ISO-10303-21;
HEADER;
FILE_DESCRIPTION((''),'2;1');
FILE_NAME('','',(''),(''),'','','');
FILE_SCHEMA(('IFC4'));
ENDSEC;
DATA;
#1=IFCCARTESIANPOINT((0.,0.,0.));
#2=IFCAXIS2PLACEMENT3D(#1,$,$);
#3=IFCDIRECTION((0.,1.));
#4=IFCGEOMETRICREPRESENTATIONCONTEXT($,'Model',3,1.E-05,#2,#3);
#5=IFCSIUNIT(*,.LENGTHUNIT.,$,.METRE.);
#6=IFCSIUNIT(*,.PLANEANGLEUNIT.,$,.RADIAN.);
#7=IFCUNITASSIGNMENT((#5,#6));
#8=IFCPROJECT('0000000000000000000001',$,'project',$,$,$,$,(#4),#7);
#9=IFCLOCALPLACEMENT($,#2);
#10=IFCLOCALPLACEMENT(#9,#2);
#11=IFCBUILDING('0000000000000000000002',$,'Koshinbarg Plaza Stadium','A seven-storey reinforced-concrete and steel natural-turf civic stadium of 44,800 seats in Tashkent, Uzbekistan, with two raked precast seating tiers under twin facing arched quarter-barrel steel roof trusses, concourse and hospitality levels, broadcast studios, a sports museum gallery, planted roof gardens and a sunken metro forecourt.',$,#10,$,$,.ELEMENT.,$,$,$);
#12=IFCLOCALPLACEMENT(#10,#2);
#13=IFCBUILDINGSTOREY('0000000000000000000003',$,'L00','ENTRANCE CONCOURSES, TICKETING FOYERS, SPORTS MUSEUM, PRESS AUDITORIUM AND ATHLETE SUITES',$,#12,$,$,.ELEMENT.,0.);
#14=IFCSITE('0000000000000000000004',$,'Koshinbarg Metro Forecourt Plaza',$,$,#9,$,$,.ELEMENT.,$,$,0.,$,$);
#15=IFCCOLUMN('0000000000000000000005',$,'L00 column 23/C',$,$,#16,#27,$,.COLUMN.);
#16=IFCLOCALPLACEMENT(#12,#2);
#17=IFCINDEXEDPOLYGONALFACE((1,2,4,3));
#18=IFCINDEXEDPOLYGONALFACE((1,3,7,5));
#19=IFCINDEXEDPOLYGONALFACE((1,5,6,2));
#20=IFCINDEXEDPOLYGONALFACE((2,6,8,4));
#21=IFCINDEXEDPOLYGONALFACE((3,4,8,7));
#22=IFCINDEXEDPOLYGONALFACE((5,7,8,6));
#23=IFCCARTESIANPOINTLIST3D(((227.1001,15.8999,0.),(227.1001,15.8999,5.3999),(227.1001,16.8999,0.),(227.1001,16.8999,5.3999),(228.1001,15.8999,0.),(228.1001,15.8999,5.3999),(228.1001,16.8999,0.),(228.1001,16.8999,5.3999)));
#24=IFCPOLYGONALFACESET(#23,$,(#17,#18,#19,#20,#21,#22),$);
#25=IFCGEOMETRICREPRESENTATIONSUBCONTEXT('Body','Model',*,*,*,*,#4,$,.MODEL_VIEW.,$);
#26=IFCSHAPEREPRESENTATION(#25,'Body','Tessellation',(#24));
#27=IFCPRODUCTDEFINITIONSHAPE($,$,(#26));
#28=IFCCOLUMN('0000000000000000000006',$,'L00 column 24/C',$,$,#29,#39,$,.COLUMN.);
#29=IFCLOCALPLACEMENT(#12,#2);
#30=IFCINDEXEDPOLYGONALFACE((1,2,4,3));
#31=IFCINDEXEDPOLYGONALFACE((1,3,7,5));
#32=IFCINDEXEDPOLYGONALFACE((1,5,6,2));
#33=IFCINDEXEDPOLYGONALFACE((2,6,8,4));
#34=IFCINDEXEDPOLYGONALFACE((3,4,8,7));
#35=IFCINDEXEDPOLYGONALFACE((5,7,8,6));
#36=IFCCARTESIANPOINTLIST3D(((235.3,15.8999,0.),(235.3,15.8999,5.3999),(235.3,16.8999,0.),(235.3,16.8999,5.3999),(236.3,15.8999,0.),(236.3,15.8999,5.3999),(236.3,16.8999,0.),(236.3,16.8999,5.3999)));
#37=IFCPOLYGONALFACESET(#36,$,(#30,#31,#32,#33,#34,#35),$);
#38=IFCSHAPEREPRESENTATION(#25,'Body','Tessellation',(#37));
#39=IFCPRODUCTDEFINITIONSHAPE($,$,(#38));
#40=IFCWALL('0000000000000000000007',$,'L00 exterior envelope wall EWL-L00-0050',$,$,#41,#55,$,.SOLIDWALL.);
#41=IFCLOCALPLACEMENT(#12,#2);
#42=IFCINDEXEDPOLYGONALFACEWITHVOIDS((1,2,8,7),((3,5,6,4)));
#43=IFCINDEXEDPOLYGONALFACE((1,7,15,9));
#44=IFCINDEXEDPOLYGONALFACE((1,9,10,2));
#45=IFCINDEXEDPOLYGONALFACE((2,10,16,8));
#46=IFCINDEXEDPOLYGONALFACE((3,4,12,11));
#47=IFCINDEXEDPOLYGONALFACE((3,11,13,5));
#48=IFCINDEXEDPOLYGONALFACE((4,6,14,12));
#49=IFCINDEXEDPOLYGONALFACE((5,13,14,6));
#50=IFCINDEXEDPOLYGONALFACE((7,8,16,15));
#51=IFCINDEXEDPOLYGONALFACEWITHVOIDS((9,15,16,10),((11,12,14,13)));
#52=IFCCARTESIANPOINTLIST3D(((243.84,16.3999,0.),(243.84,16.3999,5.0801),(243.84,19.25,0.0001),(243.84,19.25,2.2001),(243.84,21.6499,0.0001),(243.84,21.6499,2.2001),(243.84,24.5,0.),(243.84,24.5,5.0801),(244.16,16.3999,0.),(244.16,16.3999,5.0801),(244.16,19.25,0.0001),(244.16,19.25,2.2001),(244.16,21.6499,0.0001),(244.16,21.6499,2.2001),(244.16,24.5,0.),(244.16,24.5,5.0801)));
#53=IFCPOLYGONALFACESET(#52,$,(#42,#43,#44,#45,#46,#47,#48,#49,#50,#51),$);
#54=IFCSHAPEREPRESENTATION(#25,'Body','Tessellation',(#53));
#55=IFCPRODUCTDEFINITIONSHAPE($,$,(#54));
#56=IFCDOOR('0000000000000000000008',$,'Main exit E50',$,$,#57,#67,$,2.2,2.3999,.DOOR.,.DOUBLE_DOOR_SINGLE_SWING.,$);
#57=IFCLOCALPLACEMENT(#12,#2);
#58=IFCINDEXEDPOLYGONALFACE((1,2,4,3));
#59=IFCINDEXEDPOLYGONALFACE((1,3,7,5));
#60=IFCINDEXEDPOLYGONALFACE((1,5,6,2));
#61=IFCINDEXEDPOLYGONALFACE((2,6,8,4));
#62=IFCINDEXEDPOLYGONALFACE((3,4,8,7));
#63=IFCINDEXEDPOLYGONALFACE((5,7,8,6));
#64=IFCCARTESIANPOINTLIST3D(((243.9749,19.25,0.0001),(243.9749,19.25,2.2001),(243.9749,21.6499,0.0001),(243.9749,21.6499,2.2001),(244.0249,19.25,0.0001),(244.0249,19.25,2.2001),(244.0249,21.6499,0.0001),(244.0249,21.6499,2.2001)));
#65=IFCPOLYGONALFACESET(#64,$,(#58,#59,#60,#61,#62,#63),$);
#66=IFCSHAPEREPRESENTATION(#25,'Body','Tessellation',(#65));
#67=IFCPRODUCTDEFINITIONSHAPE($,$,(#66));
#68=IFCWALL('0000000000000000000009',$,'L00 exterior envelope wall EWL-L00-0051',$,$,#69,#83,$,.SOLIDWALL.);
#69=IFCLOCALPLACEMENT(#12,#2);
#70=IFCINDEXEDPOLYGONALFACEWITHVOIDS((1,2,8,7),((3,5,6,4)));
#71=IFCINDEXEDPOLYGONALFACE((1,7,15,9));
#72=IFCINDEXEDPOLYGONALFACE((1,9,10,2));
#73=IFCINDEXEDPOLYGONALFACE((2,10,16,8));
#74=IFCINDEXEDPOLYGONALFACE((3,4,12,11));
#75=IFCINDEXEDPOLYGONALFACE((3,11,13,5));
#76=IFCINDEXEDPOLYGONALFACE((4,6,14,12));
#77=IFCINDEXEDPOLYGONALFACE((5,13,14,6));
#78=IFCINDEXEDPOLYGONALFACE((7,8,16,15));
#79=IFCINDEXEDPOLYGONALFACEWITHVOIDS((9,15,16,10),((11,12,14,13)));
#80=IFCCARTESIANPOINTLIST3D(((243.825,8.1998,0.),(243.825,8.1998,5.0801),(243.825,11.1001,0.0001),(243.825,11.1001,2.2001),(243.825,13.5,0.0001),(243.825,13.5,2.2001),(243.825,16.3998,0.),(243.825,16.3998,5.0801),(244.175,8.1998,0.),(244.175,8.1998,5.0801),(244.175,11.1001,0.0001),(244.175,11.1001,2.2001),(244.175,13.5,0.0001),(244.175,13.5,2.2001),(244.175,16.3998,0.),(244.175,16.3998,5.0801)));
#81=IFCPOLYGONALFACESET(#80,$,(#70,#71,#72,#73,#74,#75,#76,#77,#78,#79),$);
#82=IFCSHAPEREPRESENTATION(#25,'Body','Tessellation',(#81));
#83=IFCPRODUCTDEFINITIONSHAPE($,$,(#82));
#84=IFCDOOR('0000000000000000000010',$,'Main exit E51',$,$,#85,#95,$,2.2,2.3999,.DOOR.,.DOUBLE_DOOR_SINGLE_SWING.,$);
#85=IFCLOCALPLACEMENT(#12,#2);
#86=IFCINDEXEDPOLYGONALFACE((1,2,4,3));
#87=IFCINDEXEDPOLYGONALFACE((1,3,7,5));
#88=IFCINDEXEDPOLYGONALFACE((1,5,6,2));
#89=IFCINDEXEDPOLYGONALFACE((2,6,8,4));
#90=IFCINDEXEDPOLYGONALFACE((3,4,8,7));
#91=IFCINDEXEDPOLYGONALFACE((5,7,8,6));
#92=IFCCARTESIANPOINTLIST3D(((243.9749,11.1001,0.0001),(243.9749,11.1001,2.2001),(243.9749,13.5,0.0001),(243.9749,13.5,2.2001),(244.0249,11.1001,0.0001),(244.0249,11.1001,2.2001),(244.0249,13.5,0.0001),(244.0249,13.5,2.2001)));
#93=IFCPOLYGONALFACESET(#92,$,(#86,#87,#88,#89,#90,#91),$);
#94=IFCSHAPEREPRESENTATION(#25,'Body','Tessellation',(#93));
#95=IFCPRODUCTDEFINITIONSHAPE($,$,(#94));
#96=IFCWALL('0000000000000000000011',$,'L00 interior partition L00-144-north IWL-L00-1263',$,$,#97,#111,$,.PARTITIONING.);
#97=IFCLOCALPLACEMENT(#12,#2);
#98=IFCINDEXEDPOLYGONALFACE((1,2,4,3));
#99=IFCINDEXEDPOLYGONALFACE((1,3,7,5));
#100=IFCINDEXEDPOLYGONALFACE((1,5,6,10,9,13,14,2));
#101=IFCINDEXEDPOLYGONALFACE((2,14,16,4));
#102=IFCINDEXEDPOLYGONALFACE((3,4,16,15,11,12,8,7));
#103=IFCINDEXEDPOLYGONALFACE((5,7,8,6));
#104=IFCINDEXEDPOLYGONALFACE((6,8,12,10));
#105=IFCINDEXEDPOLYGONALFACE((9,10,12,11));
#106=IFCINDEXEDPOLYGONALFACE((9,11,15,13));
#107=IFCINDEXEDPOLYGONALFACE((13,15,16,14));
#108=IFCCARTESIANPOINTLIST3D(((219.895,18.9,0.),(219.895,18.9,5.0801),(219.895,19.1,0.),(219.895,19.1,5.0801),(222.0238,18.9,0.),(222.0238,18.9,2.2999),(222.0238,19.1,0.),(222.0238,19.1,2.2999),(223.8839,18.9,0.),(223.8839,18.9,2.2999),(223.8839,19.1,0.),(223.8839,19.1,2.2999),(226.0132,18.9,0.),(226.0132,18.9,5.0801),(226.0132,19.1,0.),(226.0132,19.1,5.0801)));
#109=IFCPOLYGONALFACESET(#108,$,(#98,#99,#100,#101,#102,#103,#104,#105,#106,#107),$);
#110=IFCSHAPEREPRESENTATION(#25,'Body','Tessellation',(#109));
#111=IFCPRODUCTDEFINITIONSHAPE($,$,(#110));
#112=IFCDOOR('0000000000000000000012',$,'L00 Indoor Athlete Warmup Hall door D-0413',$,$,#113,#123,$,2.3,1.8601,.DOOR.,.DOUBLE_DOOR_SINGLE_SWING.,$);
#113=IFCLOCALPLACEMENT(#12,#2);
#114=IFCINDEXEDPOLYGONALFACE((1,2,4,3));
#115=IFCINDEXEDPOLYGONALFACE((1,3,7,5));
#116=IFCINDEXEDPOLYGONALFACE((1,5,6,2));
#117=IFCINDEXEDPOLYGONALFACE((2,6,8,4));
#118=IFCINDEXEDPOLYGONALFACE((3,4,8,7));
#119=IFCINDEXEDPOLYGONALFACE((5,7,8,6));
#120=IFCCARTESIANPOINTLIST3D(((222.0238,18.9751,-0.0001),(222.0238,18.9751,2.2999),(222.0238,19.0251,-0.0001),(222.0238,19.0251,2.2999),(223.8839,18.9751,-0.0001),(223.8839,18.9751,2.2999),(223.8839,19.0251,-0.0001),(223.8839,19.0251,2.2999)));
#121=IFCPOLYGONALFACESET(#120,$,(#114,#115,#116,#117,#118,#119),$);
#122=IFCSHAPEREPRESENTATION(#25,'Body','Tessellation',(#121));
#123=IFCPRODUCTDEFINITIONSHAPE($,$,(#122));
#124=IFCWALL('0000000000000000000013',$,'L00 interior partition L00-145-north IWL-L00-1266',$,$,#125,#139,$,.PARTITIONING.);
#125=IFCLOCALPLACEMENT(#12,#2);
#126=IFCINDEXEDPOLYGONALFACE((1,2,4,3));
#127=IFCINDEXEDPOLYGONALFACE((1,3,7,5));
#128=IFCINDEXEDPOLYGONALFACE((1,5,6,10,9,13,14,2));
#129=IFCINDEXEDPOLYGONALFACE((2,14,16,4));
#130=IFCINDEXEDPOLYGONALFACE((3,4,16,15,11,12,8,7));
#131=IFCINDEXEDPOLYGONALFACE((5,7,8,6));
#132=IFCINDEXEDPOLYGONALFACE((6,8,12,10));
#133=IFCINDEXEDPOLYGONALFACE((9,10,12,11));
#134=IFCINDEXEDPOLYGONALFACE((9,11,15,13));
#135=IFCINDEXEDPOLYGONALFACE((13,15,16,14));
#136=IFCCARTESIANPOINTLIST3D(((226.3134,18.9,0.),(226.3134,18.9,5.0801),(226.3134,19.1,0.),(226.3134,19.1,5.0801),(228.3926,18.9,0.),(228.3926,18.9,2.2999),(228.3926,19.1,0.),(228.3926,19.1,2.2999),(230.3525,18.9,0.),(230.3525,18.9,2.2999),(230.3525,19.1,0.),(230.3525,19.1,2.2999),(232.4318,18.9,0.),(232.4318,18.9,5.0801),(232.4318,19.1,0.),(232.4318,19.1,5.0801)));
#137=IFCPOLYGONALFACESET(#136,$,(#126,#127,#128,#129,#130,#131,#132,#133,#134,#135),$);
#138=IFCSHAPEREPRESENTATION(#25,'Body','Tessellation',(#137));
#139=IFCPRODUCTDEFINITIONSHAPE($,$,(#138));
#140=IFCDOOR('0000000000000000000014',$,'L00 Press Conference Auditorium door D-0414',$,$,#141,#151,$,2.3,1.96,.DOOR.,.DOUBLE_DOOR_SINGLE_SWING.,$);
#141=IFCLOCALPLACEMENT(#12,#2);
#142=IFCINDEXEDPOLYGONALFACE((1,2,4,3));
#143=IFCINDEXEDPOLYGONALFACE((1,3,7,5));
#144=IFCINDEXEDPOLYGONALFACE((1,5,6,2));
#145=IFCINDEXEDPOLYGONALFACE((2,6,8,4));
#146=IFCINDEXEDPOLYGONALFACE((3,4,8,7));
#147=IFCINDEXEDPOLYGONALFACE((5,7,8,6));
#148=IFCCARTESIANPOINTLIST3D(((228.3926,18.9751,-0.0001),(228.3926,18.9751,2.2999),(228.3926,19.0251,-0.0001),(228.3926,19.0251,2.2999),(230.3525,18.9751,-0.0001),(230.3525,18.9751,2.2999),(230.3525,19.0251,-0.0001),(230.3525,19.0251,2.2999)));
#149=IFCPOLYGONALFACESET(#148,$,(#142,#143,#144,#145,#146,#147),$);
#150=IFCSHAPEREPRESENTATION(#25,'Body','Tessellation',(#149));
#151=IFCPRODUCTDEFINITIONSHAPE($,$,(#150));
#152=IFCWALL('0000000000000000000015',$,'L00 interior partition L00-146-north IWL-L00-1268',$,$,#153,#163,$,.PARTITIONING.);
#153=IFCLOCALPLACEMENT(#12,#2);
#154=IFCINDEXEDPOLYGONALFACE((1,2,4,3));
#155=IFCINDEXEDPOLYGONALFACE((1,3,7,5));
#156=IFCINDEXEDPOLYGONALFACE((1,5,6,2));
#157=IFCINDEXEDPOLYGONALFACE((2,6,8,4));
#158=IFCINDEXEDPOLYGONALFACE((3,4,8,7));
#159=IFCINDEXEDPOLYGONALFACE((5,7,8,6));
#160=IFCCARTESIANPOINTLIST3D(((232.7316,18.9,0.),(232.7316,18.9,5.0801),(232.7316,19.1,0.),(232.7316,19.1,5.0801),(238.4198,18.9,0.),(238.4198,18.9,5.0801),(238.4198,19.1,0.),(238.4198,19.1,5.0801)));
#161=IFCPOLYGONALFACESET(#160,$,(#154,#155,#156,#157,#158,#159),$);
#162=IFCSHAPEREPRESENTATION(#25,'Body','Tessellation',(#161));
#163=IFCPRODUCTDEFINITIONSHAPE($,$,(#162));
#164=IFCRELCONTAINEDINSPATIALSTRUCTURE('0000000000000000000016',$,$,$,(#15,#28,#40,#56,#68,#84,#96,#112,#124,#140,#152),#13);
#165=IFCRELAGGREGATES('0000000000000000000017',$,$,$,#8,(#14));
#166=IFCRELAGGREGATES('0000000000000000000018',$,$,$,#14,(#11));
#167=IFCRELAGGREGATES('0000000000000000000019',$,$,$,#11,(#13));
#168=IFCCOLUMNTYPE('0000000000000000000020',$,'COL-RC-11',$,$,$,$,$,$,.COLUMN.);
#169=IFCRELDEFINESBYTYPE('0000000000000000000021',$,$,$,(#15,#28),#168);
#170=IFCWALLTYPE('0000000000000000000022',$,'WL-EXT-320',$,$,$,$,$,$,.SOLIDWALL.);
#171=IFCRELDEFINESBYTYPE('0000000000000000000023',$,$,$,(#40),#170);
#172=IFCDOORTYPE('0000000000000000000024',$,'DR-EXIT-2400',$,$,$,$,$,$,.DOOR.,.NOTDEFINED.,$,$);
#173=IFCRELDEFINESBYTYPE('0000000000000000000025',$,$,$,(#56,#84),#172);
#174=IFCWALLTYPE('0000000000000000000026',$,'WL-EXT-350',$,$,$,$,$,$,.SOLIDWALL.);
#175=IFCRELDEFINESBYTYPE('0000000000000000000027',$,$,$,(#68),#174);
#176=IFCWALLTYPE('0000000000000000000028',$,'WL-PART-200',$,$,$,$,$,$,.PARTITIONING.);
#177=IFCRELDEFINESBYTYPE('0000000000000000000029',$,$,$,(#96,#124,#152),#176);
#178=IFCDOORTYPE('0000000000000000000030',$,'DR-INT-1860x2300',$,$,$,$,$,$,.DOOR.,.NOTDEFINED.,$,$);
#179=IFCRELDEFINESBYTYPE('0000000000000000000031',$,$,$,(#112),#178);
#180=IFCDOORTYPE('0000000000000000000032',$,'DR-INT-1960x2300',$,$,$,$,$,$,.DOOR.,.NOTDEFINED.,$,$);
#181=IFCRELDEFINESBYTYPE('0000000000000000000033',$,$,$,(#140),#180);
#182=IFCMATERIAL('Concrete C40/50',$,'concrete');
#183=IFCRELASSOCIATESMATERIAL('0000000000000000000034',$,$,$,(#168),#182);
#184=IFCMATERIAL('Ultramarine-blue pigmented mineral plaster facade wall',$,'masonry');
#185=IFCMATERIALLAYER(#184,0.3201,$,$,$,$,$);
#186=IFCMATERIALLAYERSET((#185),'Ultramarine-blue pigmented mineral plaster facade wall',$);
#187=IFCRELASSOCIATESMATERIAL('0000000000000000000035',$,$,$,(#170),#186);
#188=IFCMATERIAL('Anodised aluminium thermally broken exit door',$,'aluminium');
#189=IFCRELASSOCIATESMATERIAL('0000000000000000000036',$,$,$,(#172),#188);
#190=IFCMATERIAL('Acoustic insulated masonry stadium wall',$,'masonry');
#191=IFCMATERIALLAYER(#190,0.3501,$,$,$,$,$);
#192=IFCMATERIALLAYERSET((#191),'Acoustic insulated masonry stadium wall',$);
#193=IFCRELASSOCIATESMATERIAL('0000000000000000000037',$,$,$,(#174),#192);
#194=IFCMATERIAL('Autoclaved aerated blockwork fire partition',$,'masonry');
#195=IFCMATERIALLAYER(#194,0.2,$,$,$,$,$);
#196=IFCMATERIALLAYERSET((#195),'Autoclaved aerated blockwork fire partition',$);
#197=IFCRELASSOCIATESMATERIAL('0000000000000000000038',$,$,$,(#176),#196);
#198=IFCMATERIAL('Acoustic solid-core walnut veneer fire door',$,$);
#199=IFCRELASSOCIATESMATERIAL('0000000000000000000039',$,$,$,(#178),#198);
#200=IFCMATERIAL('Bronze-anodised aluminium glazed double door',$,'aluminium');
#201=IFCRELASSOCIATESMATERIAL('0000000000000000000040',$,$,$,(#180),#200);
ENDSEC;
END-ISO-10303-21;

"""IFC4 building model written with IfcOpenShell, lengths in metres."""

from ifc_helpers import new_model, si_unit, direction, frame, frame_2d, origin, origin_2d, place, context, subcontext, project, spatial, rectangle, extrude, material, layer, layer_set, material_profile, profile_set, type_object, element, fill, save


model = new_model("IFC4")

# Units and contexts
model_context = context("Model", 3, precision=1e-05, world=origin(), true_north=direction((0.0, 1.0)))
body_context = subcontext(model_context, "Body", "Model", "MODEL_VIEW")
ifc_project = project(units=[si_unit("LENGTHUNIT", "METRE"), si_unit("PLANEANGLEUNIT", "RADIAN")], contexts=[model_context])

# Site, building, storey
site_placement = place(None, origin())
site = spatial("IfcSite", under=ifc_project, at=site_placement, Name="Koshinbarg Metro Forecourt Plaza", CompositionType="ELEMENT", RefElevation=0.0)
building_placement = place(site_placement, origin())
building = spatial("IfcBuilding", under=site, at=building_placement, Name="Koshinbarg Plaza Stadium", Description="A seven-storey reinforced-concrete and steel natural-turf civic stadium of 44,800 seats in Tashkent, Uzbekistan, with two raked precast seating tiers under twin facing arched quarter-barrel steel roof trusses, concourse and hospitality levels, broadcast studios, a sports museum gallery, planted roof gardens and a sunken metro forecourt.", CompositionType="ELEMENT")
storey_placement = place(building_placement, origin())
storey = spatial("IfcBuildingStorey", under=building, at=storey_placement, Name="L00", Description="ENTRANCE CONCOURSES, TICKETING FOYERS, SPORTS MUSEUM, PRESS AUDITORIUM AND ATHLETE SUITES", CompositionType="ELEMENT", Elevation=0.0)

# Columns
ifc_material_1 = material(Name="Concrete C40/50", Category="concrete")
ifc_material_profile_1 = material_profile(ifc_material_1, rectangle(XDim=1.0, YDim=1.0, at=origin_2d()), Name="RC 1000x1000")
ifc_profile_set_1 = profile_set([ifc_material_profile_1], Name="Concrete C40/50")
column_type_1 = type_object("IfcColumnType", Name="COL-RC-11", PredefinedType="COLUMN", material=ifc_profile_set_1)
for number, where, z_axis, x_axis, name in (
    (1, (227.6001, 16.3999, 0.0), (0.0, 0.0, 1.0), (1.0, 0.0, 0.0), "L00 column 23/C"),
    (2, (235.8, 16.3999, 0.0), (0.0, 0.0, 1.0), (1.0, 0.0, 0.0), "L00 column 24/C"),
):
    element("IfcColumn", number, at=place(storey_placement, frame(where, z_axis=z_axis, x_axis=x_axis)), inside=storey, type_object=column_type_1, Name=name, PredefinedType="COLUMN", context=body_context, shape_type="SweptSolid", body=[
        extrude(rectangle(XDim=1.0, YDim=1.0, at=origin_2d()), origin(), (0.0, 0.0, 1.0), 5.3999),
    ])

# Walls, openings, doors
ifc_material_2 = material(Name="Ultramarine-blue pigmented mineral plaster facade wall", Category="masonry")
ifc_layer_1 = layer(ifc_material_2, 0.3201)
ifc_layer_set_1 = layer_set([ifc_layer_1], Name="Ultramarine-blue pigmented mineral plaster facade wall")
wall_type_1 = type_object("IfcWallType", Name="WL-EXT-320", PredefinedType="SOLIDWALL", material=ifc_layer_set_1)
wall_1_placement = place(storey_placement, frame((244.0, 24.5, 0.0), z_axis=(0.0, 0.0, 1.0), x_axis=(0.0, -1.0, 0.0)))
wall_1 = element("IfcWall", 3, at=wall_1_placement, inside=storey, type_object=wall_type_1, Name="L00 exterior envelope wall EWL-L00-0050", PredefinedType="SOLIDWALL", context=body_context, shape_type="SweptSolid", body=[
    extrude(rectangle(XDim=8.1001, YDim=0.3201, at=frame_2d((4.05, 0.0))), origin(), (0.0, 0.0, 1.0), 5.0801),
])
opening_1_placement = place(wall_1_placement, frame((2.8501, 0.0, 0.0)))
opening_1 = element("IfcOpeningElement", 4, at=opening_1_placement, cuts=wall_1, PredefinedType="OPENING", context=body_context, shape_type="SweptSolid", body=[
    extrude(rectangle(XDim=2.3999, YDim=2.2, at=frame_2d((1.2, 1.1001))), frame((0.0, 0.1699, 0.0), z_axis=(0.0, -1.0, 0.0), x_axis=(1.0, 0.0, 0.0)), (0.0, 0.0, 1.0), 0.3401),
])
ifc_material_3 = material(Name="Anodised aluminium thermally broken exit door", Category="aluminium")
door_type_1 = type_object("IfcDoorType", Name="DR-EXIT-2400", OperationType="NOTDEFINED", PredefinedType="DOOR", material=ifc_material_3)
door_1_placement = place(opening_1_placement, origin())
door_1 = element("IfcDoor", 5, at=door_1_placement, inside=storey, type_object=door_type_1, Name="Main exit E50", OperationType="DOUBLE_DOOR_SINGLE_SWING", OverallHeight=2.2, OverallWidth=2.3999, PredefinedType="DOOR", context=body_context, shape_type="SweptSolid", body=[
    extrude(rectangle(XDim=2.3999, YDim=2.2, at=frame_2d((1.2, 1.1001))), frame((0.0, 0.0249, 0.0), z_axis=(0.0, -1.0, 0.0), x_axis=(1.0, 0.0, 0.0)), (0.0, 0.0, 1.0), 0.05),
])
fill(opening_1, door_1)
ifc_material_4 = material(Name="Acoustic insulated masonry stadium wall", Category="masonry")
ifc_layer_2 = layer(ifc_material_4, 0.3501)
ifc_layer_set_2 = layer_set([ifc_layer_2], Name="Acoustic insulated masonry stadium wall")
wall_type_2 = type_object("IfcWallType", Name="WL-EXT-350", PredefinedType="SOLIDWALL", material=ifc_layer_set_2)
wall_2_placement = place(storey_placement, frame((244.0, 16.3999, 0.0), z_axis=(0.0, 0.0, 1.0), x_axis=(0.0, -1.0, 0.0)))
wall_2 = element("IfcWall", 6, at=wall_2_placement, inside=storey, type_object=wall_type_2, Name="L00 exterior envelope wall EWL-L00-0051", PredefinedType="SOLIDWALL", context=body_context, shape_type="SweptSolid", body=[
    extrude(rectangle(XDim=8.2, YDim=0.3501, at=frame_2d((4.1001, 0.0))), origin(), (0.0, 0.0, 1.0), 5.0801),
])
opening_2_placement = place(wall_2_placement, frame((2.8999, 0.0, 0.0)))
opening_2 = element("IfcOpeningElement", 7, at=opening_2_placement, cuts=wall_2, PredefinedType="OPENING", context=body_context, shape_type="SweptSolid", body=[
    extrude(rectangle(XDim=2.3999, YDim=2.2, at=frame_2d((1.2, 1.1001))), frame((0.0, 0.1851, 0.0), z_axis=(0.0, -1.0, 0.0), x_axis=(1.0, 0.0, 0.0)), (0.0, 0.0, 1.0), 0.3701),
])
door_2_placement = place(opening_2_placement, origin())
door_2 = element("IfcDoor", 8, at=door_2_placement, inside=storey, type_object=door_type_1, Name="Main exit E51", OperationType="DOUBLE_DOOR_SINGLE_SWING", OverallHeight=2.2, OverallWidth=2.3999, PredefinedType="DOOR", context=body_context, shape_type="SweptSolid", body=[
    extrude(rectangle(XDim=2.3999, YDim=2.2, at=frame_2d((1.2, 1.1001))), frame((0.0, 0.0249, 0.0), z_axis=(0.0, -1.0, 0.0), x_axis=(1.0, 0.0, 0.0)), (0.0, 0.0, 1.0), 0.05),
])
fill(opening_2, door_2)
ifc_material_5 = material(Name="Autoclaved aerated blockwork fire partition", Category="masonry")
ifc_layer_3 = layer(ifc_material_5, 0.2)
ifc_layer_set_3 = layer_set([ifc_layer_3], Name="Autoclaved aerated blockwork fire partition")
wall_type_3 = type_object("IfcWallType", Name="WL-PART-200", PredefinedType="PARTITIONING", material=ifc_layer_set_3)
wall_3_placement = place(storey_placement, frame((226.0132, 19.0, 0.0), z_axis=(0.0, 0.0, 1.0), x_axis=(-1.0, 0.0, 0.0)))
wall_3 = element("IfcWall", 9, at=wall_3_placement, inside=storey, type_object=wall_type_3, Name="L00 interior partition L00-144-north IWL-L00-1263", PredefinedType="PARTITIONING", context=body_context, shape_type="SweptSolid", body=[
    extrude(rectangle(XDim=6.1182, YDim=0.2, at=frame_2d((3.0591, 0.0))), origin(), (0.0, 0.0, 1.0), 5.0801),
])
opening_3_placement = place(wall_3_placement, frame((2.1292, 0.0, 0.0)))
opening_3 = element("IfcOpeningElement", 10, at=opening_3_placement, cuts=wall_3, PredefinedType="OPENING", context=body_context, shape_type="SweptSolid", body=[
    extrude(rectangle(XDim=1.8601, YDim=2.3, at=frame_2d((0.9302, 1.1499))), frame((0.0, 0.1099, 0.0), z_axis=(0.0, -1.0, 0.0), x_axis=(1.0, 0.0, 0.0)), (0.0, 0.0, 1.0), 0.22),
])
ifc_material_6 = material(Name="Acoustic solid-core walnut veneer fire door")
door_type_2 = type_object("IfcDoorType", Name="DR-INT-1860x2300", OperationType="NOTDEFINED", PredefinedType="DOOR", material=ifc_material_6)
door_3_placement = place(opening_3_placement, origin())
door_3 = element("IfcDoor", 11, at=door_3_placement, inside=storey, type_object=door_type_2, Name="L00 Indoor Athlete Warmup Hall door D-0413", OperationType="DOUBLE_DOOR_SINGLE_SWING", OverallHeight=2.3, OverallWidth=1.8601, PredefinedType="DOOR", context=body_context, shape_type="SweptSolid", body=[
    extrude(rectangle(XDim=1.8601, YDim=2.3, at=frame_2d((0.9302, 1.1499))), frame((0.0, 0.0249, 0.0), z_axis=(0.0, -1.0, 0.0), x_axis=(1.0, 0.0, 0.0)), (0.0, 0.0, 1.0), 0.05),
])
fill(opening_3, door_3)
wall_4_placement = place(storey_placement, frame((232.4316, 19.0, 0.0), z_axis=(0.0, 0.0, 1.0), x_axis=(-1.0, 0.0, 0.0)))
wall_4 = element("IfcWall", 12, at=wall_4_placement, inside=storey, type_object=wall_type_3, Name="L00 interior partition L00-145-north IWL-L00-1266", PredefinedType="PARTITIONING", context=body_context, shape_type="SweptSolid", body=[
    extrude(rectangle(XDim=6.1184, YDim=0.2, at=frame_2d((3.0591, 0.0))), origin(), (0.0, 0.0, 1.0), 5.0801),
])
opening_4_placement = place(wall_4_placement, frame((2.0791, 0.0, 0.0)))
opening_4 = element("IfcOpeningElement", 13, at=opening_4_placement, cuts=wall_4, PredefinedType="OPENING", context=body_context, shape_type="SweptSolid", body=[
    extrude(rectangle(XDim=1.96, YDim=2.3, at=frame_2d((0.98, 1.1499))), frame((0.0, 0.1099, 0.0), z_axis=(0.0, -1.0, 0.0), x_axis=(1.0, 0.0, 0.0)), (0.0, 0.0, 1.0), 0.22),
])
ifc_material_7 = material(Name="Bronze-anodised aluminium glazed double door", Category="aluminium")
door_type_3 = type_object("IfcDoorType", Name="DR-INT-1960x2300", OperationType="NOTDEFINED", PredefinedType="DOOR", material=ifc_material_7)
door_4_placement = place(opening_4_placement, origin())
door_4 = element("IfcDoor", 14, at=door_4_placement, inside=storey, type_object=door_type_3, Name="L00 Press Conference Auditorium door D-0414", OperationType="DOUBLE_DOOR_SINGLE_SWING", OverallHeight=2.3, OverallWidth=1.96, PredefinedType="DOOR", context=body_context, shape_type="SweptSolid", body=[
    extrude(rectangle(XDim=1.96, YDim=2.3, at=frame_2d((0.98, 1.1499))), frame((0.0, 0.0249, 0.0), z_axis=(0.0, -1.0, 0.0), x_axis=(1.0, 0.0, 0.0)), (0.0, 0.0, 1.0), 0.05),
])
fill(opening_4, door_4)

# Wall
wall_5_placement = place(storey_placement, frame((238.4199, 19.0, 0.0), z_axis=(0.0, 0.0, 1.0), x_axis=(-1.0, 0.0, 0.0)))
element("IfcWall", 15, at=wall_5_placement, inside=storey, type_object=wall_type_3, Name="L00 interior partition L00-146-north IWL-L00-1268", PredefinedType="PARTITIONING", context=body_context, shape_type="SweptSolid", body=[
    extrude(rectangle(XDim=5.6882, YDim=0.2, at=frame_2d((2.8442, 0.0))), origin(), (0.0, 0.0, 1.0), 5.0801),
])

save(model, "model.ifc")
